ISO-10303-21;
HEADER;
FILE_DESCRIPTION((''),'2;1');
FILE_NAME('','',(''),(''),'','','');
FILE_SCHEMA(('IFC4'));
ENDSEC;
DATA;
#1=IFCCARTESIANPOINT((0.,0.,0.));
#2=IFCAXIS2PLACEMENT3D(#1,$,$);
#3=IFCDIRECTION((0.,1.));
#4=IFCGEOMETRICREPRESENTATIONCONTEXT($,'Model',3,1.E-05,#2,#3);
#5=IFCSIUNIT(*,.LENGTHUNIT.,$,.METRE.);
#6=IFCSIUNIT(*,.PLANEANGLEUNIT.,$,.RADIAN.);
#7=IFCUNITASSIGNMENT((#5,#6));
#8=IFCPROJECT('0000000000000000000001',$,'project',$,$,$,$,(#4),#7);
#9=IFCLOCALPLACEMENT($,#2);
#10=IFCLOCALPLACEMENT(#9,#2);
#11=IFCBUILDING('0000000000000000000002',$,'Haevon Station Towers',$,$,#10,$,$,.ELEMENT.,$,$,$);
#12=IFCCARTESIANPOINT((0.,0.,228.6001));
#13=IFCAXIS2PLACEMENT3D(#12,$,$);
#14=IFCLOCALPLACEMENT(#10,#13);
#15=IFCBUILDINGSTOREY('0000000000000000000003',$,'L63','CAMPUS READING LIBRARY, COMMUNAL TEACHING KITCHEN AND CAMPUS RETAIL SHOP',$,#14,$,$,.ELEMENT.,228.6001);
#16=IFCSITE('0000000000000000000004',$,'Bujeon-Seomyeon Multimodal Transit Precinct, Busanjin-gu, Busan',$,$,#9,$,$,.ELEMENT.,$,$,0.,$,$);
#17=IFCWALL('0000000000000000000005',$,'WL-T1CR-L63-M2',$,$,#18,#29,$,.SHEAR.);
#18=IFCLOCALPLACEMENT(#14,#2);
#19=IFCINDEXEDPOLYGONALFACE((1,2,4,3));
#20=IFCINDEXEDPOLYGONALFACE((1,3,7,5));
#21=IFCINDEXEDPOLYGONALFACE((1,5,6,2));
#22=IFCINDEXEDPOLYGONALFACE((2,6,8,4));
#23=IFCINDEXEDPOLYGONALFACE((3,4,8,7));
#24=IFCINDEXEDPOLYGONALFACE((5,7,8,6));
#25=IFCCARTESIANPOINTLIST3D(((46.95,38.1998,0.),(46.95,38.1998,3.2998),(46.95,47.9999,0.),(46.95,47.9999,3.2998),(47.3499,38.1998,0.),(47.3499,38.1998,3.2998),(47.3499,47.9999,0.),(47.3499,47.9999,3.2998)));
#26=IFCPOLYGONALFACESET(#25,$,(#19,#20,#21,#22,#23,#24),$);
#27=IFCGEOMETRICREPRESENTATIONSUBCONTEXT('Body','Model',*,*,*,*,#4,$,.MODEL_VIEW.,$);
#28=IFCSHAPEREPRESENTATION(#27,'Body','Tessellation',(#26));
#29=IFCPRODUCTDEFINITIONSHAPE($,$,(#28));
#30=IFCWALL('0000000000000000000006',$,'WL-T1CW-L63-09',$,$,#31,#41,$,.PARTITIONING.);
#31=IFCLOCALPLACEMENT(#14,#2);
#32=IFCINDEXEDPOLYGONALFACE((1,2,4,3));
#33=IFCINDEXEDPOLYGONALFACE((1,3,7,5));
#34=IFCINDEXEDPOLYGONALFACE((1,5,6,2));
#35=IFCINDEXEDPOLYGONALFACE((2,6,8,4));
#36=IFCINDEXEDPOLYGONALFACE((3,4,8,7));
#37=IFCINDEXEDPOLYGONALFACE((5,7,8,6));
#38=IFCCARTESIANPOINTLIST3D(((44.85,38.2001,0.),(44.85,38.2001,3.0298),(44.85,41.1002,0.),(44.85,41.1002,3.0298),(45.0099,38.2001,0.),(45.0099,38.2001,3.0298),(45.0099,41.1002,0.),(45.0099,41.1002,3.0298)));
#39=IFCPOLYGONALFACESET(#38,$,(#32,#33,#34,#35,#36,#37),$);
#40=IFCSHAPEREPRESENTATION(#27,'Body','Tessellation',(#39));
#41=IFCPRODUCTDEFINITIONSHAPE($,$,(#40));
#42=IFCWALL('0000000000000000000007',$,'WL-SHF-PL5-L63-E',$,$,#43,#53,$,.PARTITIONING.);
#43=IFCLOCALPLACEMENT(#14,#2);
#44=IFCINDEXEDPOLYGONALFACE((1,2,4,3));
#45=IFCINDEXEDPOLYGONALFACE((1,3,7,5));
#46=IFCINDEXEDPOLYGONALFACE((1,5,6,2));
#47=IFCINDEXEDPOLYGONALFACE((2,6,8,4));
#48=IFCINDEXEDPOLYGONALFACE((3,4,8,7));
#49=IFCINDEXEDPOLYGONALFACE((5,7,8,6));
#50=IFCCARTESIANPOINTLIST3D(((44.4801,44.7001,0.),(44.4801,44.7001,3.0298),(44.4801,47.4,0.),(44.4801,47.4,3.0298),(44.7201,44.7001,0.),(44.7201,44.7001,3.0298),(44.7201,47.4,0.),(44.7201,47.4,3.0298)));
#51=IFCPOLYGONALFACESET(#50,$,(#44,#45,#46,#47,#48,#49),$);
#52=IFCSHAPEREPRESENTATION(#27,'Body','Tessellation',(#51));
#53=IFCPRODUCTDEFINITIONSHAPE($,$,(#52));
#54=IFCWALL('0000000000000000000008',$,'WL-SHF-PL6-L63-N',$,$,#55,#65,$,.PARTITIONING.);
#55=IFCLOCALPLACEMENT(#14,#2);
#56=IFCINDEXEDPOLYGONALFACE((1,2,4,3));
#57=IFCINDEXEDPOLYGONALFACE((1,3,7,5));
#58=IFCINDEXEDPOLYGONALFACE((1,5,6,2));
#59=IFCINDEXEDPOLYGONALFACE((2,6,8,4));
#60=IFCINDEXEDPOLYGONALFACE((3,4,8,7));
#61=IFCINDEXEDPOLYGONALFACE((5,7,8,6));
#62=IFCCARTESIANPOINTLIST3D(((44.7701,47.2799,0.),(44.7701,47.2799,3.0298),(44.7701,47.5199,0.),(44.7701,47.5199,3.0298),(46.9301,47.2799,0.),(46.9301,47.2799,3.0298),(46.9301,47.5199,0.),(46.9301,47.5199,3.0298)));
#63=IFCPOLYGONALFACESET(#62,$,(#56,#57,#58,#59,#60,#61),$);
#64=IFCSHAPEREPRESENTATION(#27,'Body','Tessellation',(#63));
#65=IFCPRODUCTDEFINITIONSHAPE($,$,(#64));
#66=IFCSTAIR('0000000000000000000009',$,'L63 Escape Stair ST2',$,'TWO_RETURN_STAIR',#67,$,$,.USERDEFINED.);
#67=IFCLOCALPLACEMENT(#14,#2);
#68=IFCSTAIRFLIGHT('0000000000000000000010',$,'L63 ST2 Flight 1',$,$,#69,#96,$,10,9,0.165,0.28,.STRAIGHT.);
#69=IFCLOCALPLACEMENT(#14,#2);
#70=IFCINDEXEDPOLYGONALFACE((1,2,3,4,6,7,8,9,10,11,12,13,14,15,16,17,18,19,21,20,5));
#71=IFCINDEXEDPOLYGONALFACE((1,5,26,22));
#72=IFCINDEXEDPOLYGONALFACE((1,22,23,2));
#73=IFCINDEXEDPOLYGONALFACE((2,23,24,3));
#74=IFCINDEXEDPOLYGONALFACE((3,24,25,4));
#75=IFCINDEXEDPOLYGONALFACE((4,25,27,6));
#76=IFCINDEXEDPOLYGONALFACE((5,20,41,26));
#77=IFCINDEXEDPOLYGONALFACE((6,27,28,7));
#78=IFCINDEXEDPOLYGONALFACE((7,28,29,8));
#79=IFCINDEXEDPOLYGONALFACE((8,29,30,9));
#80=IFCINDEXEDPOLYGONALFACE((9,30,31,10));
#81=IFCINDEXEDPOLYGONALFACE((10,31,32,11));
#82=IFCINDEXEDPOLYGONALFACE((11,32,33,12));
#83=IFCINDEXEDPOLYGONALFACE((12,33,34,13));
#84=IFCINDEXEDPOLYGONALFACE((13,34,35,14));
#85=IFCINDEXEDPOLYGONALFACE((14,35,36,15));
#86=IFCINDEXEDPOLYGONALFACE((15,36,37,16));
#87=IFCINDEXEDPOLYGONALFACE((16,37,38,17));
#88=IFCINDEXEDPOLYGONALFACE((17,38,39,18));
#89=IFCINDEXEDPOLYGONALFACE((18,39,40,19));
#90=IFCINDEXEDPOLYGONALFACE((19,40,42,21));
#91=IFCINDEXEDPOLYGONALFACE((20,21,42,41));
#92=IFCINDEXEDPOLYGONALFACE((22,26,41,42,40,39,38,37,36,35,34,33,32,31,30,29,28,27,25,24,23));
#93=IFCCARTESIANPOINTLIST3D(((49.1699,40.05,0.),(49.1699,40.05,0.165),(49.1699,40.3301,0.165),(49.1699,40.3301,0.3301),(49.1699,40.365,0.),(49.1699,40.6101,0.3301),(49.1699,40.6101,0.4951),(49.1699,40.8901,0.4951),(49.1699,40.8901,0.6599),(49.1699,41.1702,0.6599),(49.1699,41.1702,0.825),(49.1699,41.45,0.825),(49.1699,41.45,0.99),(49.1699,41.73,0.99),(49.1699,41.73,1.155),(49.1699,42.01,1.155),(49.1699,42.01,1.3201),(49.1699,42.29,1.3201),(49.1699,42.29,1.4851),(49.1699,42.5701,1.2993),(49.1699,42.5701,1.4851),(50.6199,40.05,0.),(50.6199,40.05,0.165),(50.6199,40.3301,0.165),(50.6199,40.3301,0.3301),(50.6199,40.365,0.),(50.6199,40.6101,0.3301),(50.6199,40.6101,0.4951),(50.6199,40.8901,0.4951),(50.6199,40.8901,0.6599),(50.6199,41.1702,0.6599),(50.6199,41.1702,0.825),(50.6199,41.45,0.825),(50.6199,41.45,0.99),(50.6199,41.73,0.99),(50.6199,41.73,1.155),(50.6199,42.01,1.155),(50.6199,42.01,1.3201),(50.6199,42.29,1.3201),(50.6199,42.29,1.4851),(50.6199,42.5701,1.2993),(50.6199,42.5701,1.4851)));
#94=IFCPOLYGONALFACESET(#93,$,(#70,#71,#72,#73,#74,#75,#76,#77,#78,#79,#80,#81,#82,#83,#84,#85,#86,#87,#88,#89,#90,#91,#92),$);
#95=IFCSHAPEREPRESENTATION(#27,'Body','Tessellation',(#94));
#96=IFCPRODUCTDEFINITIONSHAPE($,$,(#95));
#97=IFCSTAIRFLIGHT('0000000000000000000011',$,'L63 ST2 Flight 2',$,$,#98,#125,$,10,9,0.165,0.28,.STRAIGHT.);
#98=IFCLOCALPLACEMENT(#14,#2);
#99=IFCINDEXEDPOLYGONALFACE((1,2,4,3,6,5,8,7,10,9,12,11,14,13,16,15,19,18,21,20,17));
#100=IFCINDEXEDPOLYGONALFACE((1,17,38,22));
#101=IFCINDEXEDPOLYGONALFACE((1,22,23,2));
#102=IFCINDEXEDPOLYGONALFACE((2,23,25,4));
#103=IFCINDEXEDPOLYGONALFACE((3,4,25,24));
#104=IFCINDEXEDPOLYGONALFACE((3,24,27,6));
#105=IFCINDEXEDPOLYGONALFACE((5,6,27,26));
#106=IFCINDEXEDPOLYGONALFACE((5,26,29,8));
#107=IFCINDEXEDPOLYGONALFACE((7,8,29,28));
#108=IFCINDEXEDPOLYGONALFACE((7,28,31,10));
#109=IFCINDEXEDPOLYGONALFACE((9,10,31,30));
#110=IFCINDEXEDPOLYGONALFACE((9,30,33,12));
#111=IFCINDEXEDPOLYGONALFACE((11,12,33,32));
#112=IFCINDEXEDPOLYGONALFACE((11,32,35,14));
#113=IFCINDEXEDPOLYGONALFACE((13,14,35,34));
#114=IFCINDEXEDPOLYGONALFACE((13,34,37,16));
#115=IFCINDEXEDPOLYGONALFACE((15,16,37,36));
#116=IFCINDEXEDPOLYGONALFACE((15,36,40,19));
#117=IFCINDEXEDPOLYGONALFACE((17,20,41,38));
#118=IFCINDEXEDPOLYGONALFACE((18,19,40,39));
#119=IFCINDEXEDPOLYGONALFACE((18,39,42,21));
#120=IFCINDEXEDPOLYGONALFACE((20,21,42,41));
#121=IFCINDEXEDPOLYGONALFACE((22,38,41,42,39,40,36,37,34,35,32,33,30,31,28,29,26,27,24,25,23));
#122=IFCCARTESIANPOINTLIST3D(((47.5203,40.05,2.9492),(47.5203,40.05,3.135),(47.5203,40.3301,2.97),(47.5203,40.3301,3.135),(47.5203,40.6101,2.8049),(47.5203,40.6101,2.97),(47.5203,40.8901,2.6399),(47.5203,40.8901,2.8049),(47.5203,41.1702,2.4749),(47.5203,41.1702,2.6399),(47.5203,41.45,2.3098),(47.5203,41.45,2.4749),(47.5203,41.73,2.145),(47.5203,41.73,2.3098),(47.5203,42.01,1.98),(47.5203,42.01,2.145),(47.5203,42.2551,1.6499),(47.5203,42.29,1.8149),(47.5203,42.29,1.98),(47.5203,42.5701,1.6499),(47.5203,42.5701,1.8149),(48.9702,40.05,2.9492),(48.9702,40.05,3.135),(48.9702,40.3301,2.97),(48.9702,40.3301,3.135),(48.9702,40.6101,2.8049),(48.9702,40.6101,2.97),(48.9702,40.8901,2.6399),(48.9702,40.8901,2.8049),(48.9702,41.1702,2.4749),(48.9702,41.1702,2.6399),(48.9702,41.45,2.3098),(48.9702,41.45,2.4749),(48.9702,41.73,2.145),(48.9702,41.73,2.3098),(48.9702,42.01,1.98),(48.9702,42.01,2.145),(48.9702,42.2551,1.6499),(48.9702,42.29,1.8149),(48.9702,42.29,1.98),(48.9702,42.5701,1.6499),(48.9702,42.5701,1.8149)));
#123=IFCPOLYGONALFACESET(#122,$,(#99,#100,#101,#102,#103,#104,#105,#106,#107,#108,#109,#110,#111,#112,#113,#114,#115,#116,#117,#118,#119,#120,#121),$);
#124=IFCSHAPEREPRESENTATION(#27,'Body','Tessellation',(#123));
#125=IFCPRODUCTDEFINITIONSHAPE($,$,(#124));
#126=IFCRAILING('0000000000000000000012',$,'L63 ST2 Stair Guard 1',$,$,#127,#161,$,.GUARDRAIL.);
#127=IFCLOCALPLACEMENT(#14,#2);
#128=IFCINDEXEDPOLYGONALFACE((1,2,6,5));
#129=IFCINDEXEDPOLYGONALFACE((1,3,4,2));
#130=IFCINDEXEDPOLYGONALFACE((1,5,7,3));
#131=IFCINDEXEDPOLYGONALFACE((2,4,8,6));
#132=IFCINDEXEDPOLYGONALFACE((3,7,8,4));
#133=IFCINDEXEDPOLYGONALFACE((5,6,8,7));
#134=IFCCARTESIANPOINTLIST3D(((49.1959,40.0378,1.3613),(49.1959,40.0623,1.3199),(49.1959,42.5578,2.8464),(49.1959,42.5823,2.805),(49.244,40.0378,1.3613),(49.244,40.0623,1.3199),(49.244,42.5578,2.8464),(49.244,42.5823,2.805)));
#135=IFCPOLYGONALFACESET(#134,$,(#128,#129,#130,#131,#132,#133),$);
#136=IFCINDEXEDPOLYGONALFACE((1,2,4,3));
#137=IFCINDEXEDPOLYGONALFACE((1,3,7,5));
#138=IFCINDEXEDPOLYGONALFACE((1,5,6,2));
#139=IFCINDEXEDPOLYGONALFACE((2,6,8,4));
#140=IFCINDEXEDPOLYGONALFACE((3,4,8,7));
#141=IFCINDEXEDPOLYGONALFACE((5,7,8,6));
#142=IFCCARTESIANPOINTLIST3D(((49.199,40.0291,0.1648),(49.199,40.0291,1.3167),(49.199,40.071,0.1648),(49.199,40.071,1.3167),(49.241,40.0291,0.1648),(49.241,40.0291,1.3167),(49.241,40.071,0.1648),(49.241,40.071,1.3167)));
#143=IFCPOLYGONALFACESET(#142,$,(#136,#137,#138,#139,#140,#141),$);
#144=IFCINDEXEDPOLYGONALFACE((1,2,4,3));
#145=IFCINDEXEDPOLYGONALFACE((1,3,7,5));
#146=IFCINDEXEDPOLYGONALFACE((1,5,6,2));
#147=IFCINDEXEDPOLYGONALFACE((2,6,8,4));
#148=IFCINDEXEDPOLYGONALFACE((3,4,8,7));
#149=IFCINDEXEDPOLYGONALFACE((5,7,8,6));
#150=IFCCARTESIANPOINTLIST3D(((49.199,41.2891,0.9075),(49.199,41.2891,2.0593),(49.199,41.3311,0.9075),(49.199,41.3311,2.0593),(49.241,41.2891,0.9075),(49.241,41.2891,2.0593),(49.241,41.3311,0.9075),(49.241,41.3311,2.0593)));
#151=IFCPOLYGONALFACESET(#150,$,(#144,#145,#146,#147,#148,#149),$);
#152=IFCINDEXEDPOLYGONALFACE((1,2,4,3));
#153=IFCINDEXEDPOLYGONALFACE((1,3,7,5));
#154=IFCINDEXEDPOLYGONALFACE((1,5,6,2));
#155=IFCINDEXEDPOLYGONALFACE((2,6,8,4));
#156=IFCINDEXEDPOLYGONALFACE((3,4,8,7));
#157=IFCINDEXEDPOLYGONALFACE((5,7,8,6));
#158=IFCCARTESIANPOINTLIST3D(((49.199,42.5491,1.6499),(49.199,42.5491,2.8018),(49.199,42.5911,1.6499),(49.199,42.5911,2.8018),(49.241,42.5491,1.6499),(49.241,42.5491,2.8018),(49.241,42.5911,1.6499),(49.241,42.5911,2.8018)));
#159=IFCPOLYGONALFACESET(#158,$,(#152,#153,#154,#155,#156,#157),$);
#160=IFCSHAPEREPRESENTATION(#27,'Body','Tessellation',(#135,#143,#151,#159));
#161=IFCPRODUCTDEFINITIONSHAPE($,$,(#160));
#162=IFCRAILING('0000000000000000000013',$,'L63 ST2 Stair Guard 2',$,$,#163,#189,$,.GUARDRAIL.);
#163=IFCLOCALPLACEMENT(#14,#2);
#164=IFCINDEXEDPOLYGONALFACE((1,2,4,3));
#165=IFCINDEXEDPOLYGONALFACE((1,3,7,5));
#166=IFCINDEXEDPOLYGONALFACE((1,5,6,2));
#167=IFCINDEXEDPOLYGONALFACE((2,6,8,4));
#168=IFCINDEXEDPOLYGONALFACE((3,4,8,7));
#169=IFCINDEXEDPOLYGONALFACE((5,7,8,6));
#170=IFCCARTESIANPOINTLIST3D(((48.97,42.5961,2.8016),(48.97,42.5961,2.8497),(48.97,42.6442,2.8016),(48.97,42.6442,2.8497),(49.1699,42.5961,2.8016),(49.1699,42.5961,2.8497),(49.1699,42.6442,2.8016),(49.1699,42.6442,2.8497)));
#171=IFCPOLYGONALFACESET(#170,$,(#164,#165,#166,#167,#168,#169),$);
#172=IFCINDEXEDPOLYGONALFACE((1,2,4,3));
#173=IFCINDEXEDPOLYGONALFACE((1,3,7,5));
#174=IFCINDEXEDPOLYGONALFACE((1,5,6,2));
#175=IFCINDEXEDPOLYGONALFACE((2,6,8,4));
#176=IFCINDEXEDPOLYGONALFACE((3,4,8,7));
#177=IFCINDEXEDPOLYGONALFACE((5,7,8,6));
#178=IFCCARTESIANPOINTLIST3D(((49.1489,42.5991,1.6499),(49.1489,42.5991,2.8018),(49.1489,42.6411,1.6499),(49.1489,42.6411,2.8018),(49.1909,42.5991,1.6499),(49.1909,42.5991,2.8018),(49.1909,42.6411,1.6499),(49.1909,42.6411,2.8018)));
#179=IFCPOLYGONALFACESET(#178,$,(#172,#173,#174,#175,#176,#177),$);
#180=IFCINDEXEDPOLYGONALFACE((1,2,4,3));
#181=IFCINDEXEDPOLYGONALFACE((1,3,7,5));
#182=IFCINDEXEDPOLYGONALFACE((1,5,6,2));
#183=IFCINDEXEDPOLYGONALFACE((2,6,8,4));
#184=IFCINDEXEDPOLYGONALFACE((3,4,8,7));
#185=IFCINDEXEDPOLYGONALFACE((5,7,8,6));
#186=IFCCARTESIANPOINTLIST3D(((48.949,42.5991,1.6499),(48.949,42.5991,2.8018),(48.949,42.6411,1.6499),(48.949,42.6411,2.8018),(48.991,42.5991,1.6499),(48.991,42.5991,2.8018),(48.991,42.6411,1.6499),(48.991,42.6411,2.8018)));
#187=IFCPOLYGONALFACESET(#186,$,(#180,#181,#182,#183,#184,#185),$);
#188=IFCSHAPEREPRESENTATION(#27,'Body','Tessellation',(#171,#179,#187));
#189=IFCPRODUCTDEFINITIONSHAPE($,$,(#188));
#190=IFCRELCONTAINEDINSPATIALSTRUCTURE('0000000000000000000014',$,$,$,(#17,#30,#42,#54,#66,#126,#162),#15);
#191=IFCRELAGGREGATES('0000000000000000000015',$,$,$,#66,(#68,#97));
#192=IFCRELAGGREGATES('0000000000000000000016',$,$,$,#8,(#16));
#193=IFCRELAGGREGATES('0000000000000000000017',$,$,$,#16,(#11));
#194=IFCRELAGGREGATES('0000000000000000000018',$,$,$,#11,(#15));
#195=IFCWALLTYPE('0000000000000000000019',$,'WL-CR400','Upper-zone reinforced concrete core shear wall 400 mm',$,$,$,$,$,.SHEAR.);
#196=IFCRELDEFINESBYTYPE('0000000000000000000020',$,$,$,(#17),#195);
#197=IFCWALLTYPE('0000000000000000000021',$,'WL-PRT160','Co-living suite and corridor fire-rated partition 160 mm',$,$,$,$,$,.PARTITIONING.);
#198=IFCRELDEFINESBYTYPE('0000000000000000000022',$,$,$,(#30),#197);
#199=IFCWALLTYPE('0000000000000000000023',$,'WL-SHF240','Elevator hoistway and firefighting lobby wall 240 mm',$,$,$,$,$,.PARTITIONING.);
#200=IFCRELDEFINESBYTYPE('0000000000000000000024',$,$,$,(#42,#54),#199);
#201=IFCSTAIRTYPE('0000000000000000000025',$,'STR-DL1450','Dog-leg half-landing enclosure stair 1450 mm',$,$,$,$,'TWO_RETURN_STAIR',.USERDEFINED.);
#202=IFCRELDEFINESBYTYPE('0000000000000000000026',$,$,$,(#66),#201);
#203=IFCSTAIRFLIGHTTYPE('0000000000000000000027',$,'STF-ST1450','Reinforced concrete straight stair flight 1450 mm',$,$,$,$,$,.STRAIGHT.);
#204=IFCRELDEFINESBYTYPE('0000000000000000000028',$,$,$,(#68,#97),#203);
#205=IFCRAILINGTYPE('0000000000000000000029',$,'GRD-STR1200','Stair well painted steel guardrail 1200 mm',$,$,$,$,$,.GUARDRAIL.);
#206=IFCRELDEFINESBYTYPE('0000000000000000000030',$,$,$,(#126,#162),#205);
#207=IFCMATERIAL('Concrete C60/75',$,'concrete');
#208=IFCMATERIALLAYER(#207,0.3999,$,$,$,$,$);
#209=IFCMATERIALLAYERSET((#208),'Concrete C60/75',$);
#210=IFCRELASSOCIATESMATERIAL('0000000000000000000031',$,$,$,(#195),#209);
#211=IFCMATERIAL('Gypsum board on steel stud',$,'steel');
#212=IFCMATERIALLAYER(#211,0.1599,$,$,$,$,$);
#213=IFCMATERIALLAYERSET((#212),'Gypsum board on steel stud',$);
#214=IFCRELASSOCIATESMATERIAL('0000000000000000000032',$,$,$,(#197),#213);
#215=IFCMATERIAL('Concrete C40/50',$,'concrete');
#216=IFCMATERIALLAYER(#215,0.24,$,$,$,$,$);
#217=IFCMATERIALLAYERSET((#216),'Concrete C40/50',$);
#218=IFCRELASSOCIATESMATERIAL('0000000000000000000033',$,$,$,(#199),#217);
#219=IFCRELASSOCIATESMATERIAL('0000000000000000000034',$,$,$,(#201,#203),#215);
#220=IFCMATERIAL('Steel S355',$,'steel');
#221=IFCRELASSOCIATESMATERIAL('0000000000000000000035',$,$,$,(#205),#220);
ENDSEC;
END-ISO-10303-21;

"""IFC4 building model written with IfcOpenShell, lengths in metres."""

from ifc_helpers import new_model, si_unit, direction, frame, frame_2d, origin, origin_2d, place, context, subcontext, project, spatial, polyline, rectangle, outline, extrude, material, layer, layer_set, type_object, element, aggregate, save


model = new_model("IFC4")

# Units and contexts
model_context = context("Model", 3, precision=1e-05, world=origin(), true_north=direction((0.0, 1.0)))
body_context = subcontext(model_context, "Body", "Model", "MODEL_VIEW")
ifc_project = project(units=[si_unit("LENGTHUNIT", "METRE"), si_unit("PLANEANGLEUNIT", "RADIAN")], contexts=[model_context])

# Site, building, storey
site_placement = place(None, origin())
site = spatial("IfcSite", under=ifc_project, at=site_placement, Name="Bujeon-Seomyeon Multimodal Transit Precinct, Busanjin-gu, Busan", CompositionType="ELEMENT", RefElevation=0.0)
building_placement = place(site_placement, origin())
building = spatial("IfcBuilding", under=site, at=building_placement, Name="Haevon Station Towers", CompositionType="ELEMENT")
storey_placement = place(building_placement, frame((0.0, 0.0, 228.6001)))
storey = spatial("IfcBuildingStorey", under=building, at=storey_placement, Name="L63", Description="CAMPUS READING LIBRARY, COMMUNAL TEACHING KITCHEN AND CAMPUS RETAIL SHOP", CompositionType="ELEMENT", Elevation=228.6001)

# Shared definitions
ifc_material_1 = material(Name="Steel S355", Category="steel")

# Shared definitions
ifc_material_2 = material(Name="Gypsum board on steel stud", Category="steel")

# Walls
ifc_material_3 = material(Name="Concrete C60/75", Category="concrete")
ifc_layer_1 = layer(ifc_material_3, 0.3999)
ifc_layer_set_1 = layer_set([ifc_layer_1], Name="Concrete C60/75")
wall_type_1 = type_object("IfcWallType", Name="WL-CR400", Description="Upper-zone reinforced concrete core shear wall 400 mm", PredefinedType="SHEAR", material=ifc_layer_set_1)
wall_1_placement = place(storey_placement, frame((47.1499, 38.2, 0.0), z_axis=(0.0, 0.0, 1.0), x_axis=(0.0, 1.0, 0.0)))
element("IfcWall", 1, at=wall_1_placement, inside=storey, type_object=wall_type_1, Name="WL-T1CR-L63-M2", PredefinedType="SHEAR", context=body_context, shape_type="SweptSolid", body=[
    extrude(rectangle(XDim=9.8, YDim=0.3999, at=frame_2d((4.8999, 0.0))), origin(), (0.0, 0.0, 1.0), 3.2998),
])
ifc_layer_2 = layer(ifc_material_2, 0.1599)
ifc_layer_set_2 = layer_set([ifc_layer_2], Name="Gypsum board on steel stud")
wall_type_2 = type_object("IfcWallType", Name="WL-PRT160", Description="Co-living suite and corridor fire-rated partition 160 mm", PredefinedType="PARTITIONING", material=ifc_layer_set_2)
wall_2_placement = place(storey_placement, frame((44.9299, 38.2, 0.0), z_axis=(0.0, 0.0, 1.0), x_axis=(0.0, 1.0, 0.0)))
element("IfcWall", 2, at=wall_2_placement, inside=storey, type_object=wall_type_2, Name="WL-T1CW-L63-09", PredefinedType="PARTITIONING", context=body_context, shape_type="SweptSolid", body=[
    extrude(rectangle(XDim=2.9001, YDim=0.1599, at=frame_2d((1.4502, 0.0))), origin(), (0.0, 0.0, 1.0), 3.0298),
])
ifc_material_4 = material(Name="Concrete C40/50", Category="concrete")
ifc_layer_3 = layer(ifc_material_4, 0.24)
ifc_layer_set_3 = layer_set([ifc_layer_3], Name="Concrete C40/50")
wall_type_3 = type_object("IfcWallType", Name="WL-SHF240", Description="Elevator hoistway and firefighting lobby wall 240 mm", PredefinedType="PARTITIONING", material=ifc_layer_set_3)
wall_3_placement = place(storey_placement, frame((44.6001, 44.7, 0.0), z_axis=(0.0, 0.0, 1.0), x_axis=(0.0, 1.0, 0.0)))
element("IfcWall", 3, at=wall_3_placement, inside=storey, type_object=wall_type_3, Name="WL-SHF-PL5-L63-E", PredefinedType="PARTITIONING", context=body_context, shape_type="SweptSolid", body=[
    extrude(rectangle(XDim=2.7, YDim=0.24, at=frame_2d((1.3501, 0.0))), origin(), (0.0, 0.0, 1.0), 3.0298),
])

# Wall
wall_4_placement = place(storey_placement, frame((44.77, 47.3999, 0.0), z_axis=(0.0, 0.0, 1.0), x_axis=(1.0, 0.0, 0.0)))
element("IfcWall", 4, at=wall_4_placement, inside=storey, type_object=wall_type_3, Name="WL-SHF-PL6-L63-N", PredefinedType="PARTITIONING", context=body_context, shape_type="SweptSolid", body=[
    extrude(rectangle(XDim=2.1599, YDim=0.24, at=frame_2d((1.0801, 0.0))), origin(), (0.0, 0.0, 1.0), 3.0298),
])

# Stair, stair flights
stair_type = type_object("IfcStairType", Name="STR-DL1450", Description="Dog-leg half-landing enclosure stair 1450 mm", ElementType="TWO_RETURN_STAIR", PredefinedType="USERDEFINED", material=ifc_material_4)
stair_placement = place(storey_placement, origin())
stair = element("IfcStair", 5, at=stair_placement, inside=storey, type_object=stair_type, Name="L63 Escape Stair ST2", ObjectType="TWO_RETURN_STAIR", PredefinedType="USERDEFINED")
stair_flight_type = type_object("IfcStairFlightType", Name="STF-ST1450", Description="Reinforced concrete straight stair flight 1450 mm", PredefinedType="STRAIGHT", material=ifc_material_4)
stair_flight_1_placement = place(storey_placement, frame((49.895, 40.05, 0.0), z_axis=(0.0, 0.0, 1.0), x_axis=(0.0, 1.0, 0.0)))
stair_flight_1 = element("IfcStairFlight", 6, at=stair_flight_1_placement, type_object=stair_flight_type, Name="L63 ST2 Flight 1", NumberOfRisers=10, NumberOfTreads=9, PredefinedType="STRAIGHT", RiserHeight=0.165, TreadLength=0.28, context=body_context, shape_type="SweptSolid", body=[
    extrude(outline(polyline([(0.0, 0.0), (0.0, 0.165), (0.28, 0.165), (0.28, 0.3301), (0.5601, 0.3301), (0.5601, 0.4951), (0.8401, 0.4951), (0.8401, 0.6599), (1.1201, 0.6599), (1.1201, 0.825), (1.3999, 0.825), (1.3999, 0.99), (1.6799, 0.99), (1.6799, 1.155), (1.96, 1.155), (1.96, 1.3201), (2.24, 1.3201), (2.24, 1.4851), (2.52, 1.4851), (2.52, 1.6499), (2.52, 1.2993), (0.3149, 0.0), (0.0, 0.0)])), frame((0.0, 0.7251, 0.0), z_axis=(0.0, -1.0, 0.0), x_axis=(1.0, 0.0, 0.0)), (0.0, 0.0, 1.0), 1.45),
])
stair_flight_2_placement = place(storey_placement, frame((48.2451, 42.5701, 1.6499), z_axis=(0.0, 0.0, 1.0), x_axis=(0.0, -1.0, 0.0)))
stair_flight_2 = element("IfcStairFlight", 7, at=stair_flight_2_placement, type_object=stair_flight_type, Name="L63 ST2 Flight 2", NumberOfRisers=10, NumberOfTreads=9, PredefinedType="STRAIGHT", RiserHeight=0.165, TreadLength=0.28, context=body_context, shape_type="SweptSolid", body=[
    extrude(outline(polyline([(0.0, 0.0), (0.0, 0.165), (0.28, 0.165), (0.28, 0.3301), (0.5601, 0.3301), (0.5601, 0.4951), (0.8401, 0.4951), (0.8401, 0.6599), (1.1201, 0.6599), (1.1201, 0.825), (1.3999, 0.825), (1.3999, 0.99), (1.6799, 0.99), (1.6799, 1.155), (1.96, 1.155), (1.96, 1.3201), (2.24, 1.3201), (2.24, 1.4851), (2.52, 1.4851), (2.52, 1.6499), (2.52, 1.2993), (0.3149, 0.0), (0.0, 0.0)])), frame((0.0, 0.7251, 0.0), z_axis=(0.0, -1.0, 0.0), x_axis=(1.0, 0.0, 0.0)), (0.0, 0.0, 1.0), 1.45),
])
aggregate(stair, [stair_flight_1, stair_flight_2])

# Railings
railing_type_1 = type_object("IfcRailingType", Name="GRD-STR1200", Description="Stair well painted steel guardrail 1200 mm", PredefinedType="GUARDRAIL", material=ifc_material_1)
railing_1_placement = place(storey_placement, frame((49.22, 40.05, 0.1648)))
element("IfcRailing", 8, at=railing_1_placement, inside=storey, type_object=railing_type_1, Name="L63 ST2 Stair Guard 1", PredefinedType="GUARDRAIL", context=body_context, shape_type="SweptSolid", body=[
    extrude(rectangle(XDim=0.0481, YDim=0.0481, at=origin_2d()), frame((0.0, 0.0, 1.1758), z_axis=(0.0, 0.861524, 0.507717), x_axis=(-1.0, 0.0, 0.0)), (0.0, 0.0, 1.0), 2.925),
    extrude(rectangle(XDim=0.042, YDim=0.042, at=origin_2d()), origin(), (0.0, 0.0, 1.0), 1.1519),
    extrude(rectangle(XDim=0.042, YDim=0.042, at=origin_2d()), frame((0.0, 1.26, 0.7427)), (0.0, 0.0, 1.0), 1.1519),
    extrude(rectangle(XDim=0.042, YDim=0.042, at=origin_2d()), frame((0.0, 2.52, 1.4851)), (0.0, 0.0, 1.0), 1.1519),
])
railing_2_placement = place(storey_placement, frame((49.1699, 42.6201, 1.6499)))
element("IfcRailing", 9, at=railing_2_placement, inside=storey, type_object=railing_type_1, Name="L63 ST2 Stair Guard 2", PredefinedType="GUARDRAIL", context=body_context, shape_type="SweptSolid", body=[
    extrude(rectangle(XDim=0.0481, YDim=0.0481, at=origin_2d()), frame((0.0, 0.0, 1.1758), z_axis=(-1.0, 0.0, 0.0), x_axis=(0.0, -1.0, 0.0)), (0.0, 0.0, 1.0), 0.2),
    extrude(rectangle(XDim=0.042, YDim=0.042, at=origin_2d()), origin(), (0.0, 0.0, 1.0), 1.1519),
    extrude(rectangle(XDim=0.042, YDim=0.042, at=origin_2d()), frame((-0.2, 0.0, 0.0)), (0.0, 0.0, 1.0), 1.1519),
])

save(model, "model.ifc")
